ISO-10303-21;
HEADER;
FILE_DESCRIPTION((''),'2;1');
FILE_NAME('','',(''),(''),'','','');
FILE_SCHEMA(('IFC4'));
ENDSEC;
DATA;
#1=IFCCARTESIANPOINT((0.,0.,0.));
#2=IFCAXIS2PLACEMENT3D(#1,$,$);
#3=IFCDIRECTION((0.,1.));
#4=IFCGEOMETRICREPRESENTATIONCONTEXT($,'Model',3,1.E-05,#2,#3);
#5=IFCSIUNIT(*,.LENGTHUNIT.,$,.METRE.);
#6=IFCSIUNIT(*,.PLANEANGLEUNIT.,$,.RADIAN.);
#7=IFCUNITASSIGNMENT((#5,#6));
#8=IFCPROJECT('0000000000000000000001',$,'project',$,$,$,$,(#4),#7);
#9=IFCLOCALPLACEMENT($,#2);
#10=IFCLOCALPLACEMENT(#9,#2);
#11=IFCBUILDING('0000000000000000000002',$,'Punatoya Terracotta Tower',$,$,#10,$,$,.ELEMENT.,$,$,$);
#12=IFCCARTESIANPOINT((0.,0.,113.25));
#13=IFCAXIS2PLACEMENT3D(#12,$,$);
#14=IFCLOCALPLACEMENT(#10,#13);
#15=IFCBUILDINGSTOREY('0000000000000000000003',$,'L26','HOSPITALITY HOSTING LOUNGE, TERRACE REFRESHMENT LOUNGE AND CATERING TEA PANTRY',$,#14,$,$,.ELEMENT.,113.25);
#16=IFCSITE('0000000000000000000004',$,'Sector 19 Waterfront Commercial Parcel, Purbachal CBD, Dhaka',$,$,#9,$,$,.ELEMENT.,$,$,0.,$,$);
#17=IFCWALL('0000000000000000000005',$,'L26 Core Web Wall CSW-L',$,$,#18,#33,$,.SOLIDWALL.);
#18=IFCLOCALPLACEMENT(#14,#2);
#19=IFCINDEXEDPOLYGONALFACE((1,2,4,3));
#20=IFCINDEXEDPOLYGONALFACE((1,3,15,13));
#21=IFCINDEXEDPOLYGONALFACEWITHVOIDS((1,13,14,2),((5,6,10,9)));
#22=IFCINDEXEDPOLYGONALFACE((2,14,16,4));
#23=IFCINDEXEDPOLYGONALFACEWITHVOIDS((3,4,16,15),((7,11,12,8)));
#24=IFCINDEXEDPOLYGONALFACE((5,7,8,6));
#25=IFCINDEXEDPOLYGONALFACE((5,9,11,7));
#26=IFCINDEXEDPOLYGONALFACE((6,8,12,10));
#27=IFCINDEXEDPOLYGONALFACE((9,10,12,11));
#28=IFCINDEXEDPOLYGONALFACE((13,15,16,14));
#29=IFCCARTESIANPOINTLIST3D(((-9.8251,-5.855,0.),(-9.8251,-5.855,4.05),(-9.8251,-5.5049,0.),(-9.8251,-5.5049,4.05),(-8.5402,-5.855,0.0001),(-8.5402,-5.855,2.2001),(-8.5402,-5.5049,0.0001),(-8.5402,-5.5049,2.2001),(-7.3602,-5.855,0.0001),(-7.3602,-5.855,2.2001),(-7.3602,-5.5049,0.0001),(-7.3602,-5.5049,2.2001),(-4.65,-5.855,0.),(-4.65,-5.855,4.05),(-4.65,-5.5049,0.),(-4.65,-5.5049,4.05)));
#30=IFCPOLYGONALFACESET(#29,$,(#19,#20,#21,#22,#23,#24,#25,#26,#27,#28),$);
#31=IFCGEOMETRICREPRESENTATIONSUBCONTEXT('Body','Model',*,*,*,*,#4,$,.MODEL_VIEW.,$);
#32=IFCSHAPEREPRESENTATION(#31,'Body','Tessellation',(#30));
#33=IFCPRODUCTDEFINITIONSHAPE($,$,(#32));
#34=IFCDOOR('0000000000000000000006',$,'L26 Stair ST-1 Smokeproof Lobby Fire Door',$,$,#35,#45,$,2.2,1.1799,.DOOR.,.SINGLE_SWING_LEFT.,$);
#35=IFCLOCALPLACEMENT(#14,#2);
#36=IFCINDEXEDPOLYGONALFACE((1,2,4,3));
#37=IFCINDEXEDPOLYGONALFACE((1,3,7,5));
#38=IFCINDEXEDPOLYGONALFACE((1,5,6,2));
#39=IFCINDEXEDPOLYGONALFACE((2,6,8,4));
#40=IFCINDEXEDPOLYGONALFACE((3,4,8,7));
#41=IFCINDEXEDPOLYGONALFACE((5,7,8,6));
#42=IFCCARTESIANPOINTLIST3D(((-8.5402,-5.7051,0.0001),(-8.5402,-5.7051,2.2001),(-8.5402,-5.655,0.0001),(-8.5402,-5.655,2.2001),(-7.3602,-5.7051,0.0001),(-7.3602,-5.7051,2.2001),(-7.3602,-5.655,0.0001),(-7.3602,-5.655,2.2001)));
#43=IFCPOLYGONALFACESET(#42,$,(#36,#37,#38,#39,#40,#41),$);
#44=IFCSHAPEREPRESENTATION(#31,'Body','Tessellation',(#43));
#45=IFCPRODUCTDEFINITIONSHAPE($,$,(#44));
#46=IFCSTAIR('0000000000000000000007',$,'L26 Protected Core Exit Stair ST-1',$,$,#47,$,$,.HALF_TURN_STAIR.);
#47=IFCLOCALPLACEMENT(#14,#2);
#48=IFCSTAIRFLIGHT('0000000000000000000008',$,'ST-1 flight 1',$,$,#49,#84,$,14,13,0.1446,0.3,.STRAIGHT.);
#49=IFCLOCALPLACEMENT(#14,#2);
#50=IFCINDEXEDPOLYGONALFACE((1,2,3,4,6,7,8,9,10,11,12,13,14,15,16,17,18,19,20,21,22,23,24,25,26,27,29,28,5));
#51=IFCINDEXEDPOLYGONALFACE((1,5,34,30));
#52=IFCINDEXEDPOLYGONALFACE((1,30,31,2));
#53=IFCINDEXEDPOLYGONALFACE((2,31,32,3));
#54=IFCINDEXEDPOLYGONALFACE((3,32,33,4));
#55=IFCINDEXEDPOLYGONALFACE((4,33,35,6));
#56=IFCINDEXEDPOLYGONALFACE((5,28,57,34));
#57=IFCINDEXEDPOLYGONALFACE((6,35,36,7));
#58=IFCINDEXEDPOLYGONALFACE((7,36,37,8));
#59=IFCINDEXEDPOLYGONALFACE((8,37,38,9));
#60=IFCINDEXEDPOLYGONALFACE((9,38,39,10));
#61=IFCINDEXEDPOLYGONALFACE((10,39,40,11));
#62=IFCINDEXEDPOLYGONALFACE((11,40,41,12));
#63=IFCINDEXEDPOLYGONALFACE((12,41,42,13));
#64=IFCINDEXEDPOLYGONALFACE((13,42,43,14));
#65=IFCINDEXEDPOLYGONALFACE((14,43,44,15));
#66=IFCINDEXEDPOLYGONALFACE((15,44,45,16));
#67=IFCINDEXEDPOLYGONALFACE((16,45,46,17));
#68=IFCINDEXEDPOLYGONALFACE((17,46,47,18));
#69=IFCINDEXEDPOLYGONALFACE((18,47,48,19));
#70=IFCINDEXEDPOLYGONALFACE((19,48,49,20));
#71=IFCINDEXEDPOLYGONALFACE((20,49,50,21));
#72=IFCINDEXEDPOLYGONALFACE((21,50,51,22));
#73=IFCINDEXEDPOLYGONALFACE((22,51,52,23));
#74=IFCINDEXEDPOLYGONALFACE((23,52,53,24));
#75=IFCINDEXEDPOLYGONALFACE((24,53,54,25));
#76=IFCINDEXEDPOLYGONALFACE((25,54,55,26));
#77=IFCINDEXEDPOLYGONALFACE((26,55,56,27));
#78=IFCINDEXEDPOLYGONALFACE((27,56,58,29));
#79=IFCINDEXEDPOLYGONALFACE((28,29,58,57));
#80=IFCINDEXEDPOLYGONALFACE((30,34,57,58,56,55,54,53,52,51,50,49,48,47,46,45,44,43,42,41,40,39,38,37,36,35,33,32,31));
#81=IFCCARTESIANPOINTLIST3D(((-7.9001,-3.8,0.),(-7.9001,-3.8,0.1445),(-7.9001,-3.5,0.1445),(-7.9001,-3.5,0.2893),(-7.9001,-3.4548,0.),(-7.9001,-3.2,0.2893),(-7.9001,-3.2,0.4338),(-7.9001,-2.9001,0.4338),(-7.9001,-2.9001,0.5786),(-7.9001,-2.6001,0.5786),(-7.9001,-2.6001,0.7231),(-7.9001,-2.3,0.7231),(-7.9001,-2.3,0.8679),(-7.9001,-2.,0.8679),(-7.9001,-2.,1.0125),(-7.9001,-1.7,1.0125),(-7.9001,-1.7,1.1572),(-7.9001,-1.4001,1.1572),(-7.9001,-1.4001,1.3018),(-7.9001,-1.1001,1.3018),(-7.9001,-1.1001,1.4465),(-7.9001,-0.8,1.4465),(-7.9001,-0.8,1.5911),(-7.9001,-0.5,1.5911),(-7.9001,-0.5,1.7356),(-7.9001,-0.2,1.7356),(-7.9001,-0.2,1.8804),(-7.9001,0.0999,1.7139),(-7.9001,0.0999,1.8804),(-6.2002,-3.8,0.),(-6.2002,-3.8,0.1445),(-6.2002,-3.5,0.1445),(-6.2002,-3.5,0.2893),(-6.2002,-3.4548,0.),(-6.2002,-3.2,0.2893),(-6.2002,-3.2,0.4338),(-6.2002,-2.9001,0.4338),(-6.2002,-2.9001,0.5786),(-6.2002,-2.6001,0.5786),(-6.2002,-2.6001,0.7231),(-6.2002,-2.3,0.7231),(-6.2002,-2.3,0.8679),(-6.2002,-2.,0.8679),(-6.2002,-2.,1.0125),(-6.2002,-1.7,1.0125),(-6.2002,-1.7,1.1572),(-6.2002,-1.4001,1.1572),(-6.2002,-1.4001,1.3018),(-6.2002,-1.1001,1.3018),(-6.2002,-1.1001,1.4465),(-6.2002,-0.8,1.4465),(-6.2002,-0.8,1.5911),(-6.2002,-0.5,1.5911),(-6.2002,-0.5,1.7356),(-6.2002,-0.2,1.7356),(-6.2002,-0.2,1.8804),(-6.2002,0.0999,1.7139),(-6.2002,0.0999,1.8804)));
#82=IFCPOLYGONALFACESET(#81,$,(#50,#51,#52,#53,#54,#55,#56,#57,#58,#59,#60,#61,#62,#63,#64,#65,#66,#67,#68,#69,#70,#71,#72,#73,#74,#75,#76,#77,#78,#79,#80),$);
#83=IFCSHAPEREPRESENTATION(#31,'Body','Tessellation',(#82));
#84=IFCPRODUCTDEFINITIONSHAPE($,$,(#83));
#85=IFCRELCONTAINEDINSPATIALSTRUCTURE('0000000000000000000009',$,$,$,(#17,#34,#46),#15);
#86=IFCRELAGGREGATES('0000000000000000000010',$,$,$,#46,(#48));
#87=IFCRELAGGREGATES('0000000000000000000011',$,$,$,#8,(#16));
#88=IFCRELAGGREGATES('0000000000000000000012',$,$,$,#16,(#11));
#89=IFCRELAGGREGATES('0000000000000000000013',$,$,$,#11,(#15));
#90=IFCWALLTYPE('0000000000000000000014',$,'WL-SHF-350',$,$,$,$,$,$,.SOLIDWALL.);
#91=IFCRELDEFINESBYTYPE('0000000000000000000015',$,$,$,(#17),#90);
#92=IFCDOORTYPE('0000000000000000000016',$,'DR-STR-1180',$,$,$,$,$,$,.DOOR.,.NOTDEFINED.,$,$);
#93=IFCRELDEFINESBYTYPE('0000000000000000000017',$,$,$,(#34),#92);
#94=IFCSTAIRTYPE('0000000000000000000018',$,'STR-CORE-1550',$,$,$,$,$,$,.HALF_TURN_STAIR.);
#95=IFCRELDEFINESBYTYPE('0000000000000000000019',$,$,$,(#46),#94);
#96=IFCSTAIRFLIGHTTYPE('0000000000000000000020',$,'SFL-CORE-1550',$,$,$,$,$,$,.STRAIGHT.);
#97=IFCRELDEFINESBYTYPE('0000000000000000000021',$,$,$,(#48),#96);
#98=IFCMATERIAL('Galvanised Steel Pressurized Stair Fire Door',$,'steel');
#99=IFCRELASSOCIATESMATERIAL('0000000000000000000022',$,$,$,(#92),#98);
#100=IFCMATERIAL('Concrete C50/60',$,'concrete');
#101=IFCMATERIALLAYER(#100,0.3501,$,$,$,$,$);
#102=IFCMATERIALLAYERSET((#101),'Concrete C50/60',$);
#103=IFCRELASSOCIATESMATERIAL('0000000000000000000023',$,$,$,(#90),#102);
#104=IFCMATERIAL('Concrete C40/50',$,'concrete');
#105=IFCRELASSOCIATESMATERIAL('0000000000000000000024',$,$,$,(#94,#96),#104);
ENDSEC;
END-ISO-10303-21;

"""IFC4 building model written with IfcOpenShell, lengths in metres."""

from ifc_helpers import new_model, si_unit, direction, frame, frame_2d, origin, place, context, subcontext, project, spatial, polyline, rectangle, outline, extrude, material, layer, layer_set, type_object, element, fill, aggregate, save


model = new_model("IFC4")

# Units and contexts
model_context = context("Model", 3, precision=1e-05, world=origin(), true_north=direction((0.0, 1.0)))
body_context = subcontext(model_context, "Body", "Model", "MODEL_VIEW")
ifc_project = project(units=[si_unit("LENGTHUNIT", "METRE"), si_unit("PLANEANGLEUNIT", "RADIAN")], contexts=[model_context])

# Site, building, storey
site_placement = place(None, origin())
site = spatial("IfcSite", under=ifc_project, at=site_placement, Name="Sector 19 Waterfront Commercial Parcel, Purbachal CBD, Dhaka", CompositionType="ELEMENT", RefElevation=0.0)
building_placement = place(site_placement, origin())
building = spatial("IfcBuilding", under=site, at=building_placement, Name="Punatoya Terracotta Tower", CompositionType="ELEMENT")
storey_placement = place(building_placement, frame((0.0, 0.0, 113.25)))
storey = spatial("IfcBuildingStorey", under=building, at=storey_placement, Name="L26", Description="HOSPITALITY HOSTING LOUNGE, TERRACE REFRESHMENT LOUNGE AND CATERING TEA PANTRY", CompositionType="ELEMENT", Elevation=113.25)

# Shared definitions
ifc_material_1 = material(Name="Galvanised Steel Pressurized Stair Fire Door", Category="steel")
door_type_1 = type_object("IfcDoorType", Name="DR-STR-1180", OperationType="NOTDEFINED", PredefinedType="DOOR", material=ifc_material_1)

# Shared definitions
ifc_material_2 = material(Name="Concrete C40/50", Category="concrete")

# Wall, opening, door
ifc_material_3 = material(Name="Concrete C50/60", Category="concrete")
ifc_layer_1 = layer(ifc_material_3, 0.3501)
ifc_layer_set_1 = layer_set([ifc_layer_1], Name="Concrete C50/60")
wall_type_1 = type_object("IfcWallType", Name="WL-SHF-350", PredefinedType="SOLIDWALL", material=ifc_layer_set_1)
wall_1_placement = place(storey_placement, frame((-9.825, -5.6799, 0.0), z_axis=(0.0, 0.0, 1.0), x_axis=(1.0, 0.0, 0.0)))
wall_1 = element("IfcWall", 1, at=wall_1_placement, inside=storey, type_object=wall_type_1, Name="L26 Core Web Wall CSW-L", PredefinedType="SOLIDWALL", context=body_context, shape_type="SweptSolid", body=[
    extrude(rectangle(XDim=5.175, YDim=0.3501, at=frame_2d((2.5874, 0.0))), origin(), (0.0, 0.0, 1.0), 4.05),
])
opening_1_placement = place(wall_1_placement, frame((1.2849, 0.0, 0.0)))
opening_1 = element("IfcOpeningElement", 2, at=opening_1_placement, cuts=wall_1, PredefinedType="OPENING", context=body_context, shape_type="SweptSolid", body=[
    extrude(rectangle(XDim=1.1799, YDim=2.2, at=frame_2d((0.5898, 1.1001))), frame((0.0, 0.1851, 0.0), z_axis=(0.0, -1.0, 0.0), x_axis=(1.0, 0.0, 0.0)), (0.0, 0.0, 1.0), 0.3701),
])
door_1_placement = place(opening_1_placement, origin())
door_1 = element("IfcDoor", 3, at=door_1_placement, inside=storey, type_object=door_type_1, Name="L26 Stair ST-1 Smokeproof Lobby Fire Door", OperationType="SINGLE_SWING_LEFT", OverallHeight=2.2, OverallWidth=1.1799, PredefinedType="DOOR", context=body_context, shape_type="SweptSolid", body=[
    extrude(rectangle(XDim=1.1799, YDim=2.2, at=frame_2d((0.5898, 1.1001))), frame((0.0, 0.0249, 0.0), z_axis=(0.0, -1.0, 0.0), x_axis=(1.0, 0.0, 0.0)), (0.0, 0.0, 1.0), 0.05),
])
fill(opening_1, door_1)

# Stair, stair flight
stair_type = type_object("IfcStairType", Name="STR-CORE-1550", PredefinedType="HALF_TURN_STAIR", material=ifc_material_2)
stair_placement = place(storey_placement, origin())
stair = element("IfcStair", 4, at=stair_placement, inside=storey, type_object=stair_type, Name="L26 Protected Core Exit Stair ST-1", PredefinedType="HALF_TURN_STAIR")
stair_flight_type = type_object("IfcStairFlightType", Name="SFL-CORE-1550", PredefinedType="STRAIGHT", material=ifc_material_2)
stair_flight_placement = place(storey_placement, frame((-7.05, -3.8, 0.0), z_axis=(0.0, 0.0, 1.0), x_axis=(0.0, 1.0, 0.0)))
stair_flight = element("IfcStairFlight", 5, at=stair_flight_placement, type_object=stair_flight_type, Name="ST-1 flight 1", NumberOfRisers=14, NumberOfTreads=13, PredefinedType="STRAIGHT", RiserHeight=0.1446, TreadLength=0.3, context=body_context, shape_type="SweptSolid", body=[
    extrude(outline(polyline([(0.0, 0.0), (0.0, 0.1445), (0.3, 0.1445), (0.3, 0.2893), (0.6001, 0.2893), (0.6001, 0.4338), (0.8999, 0.4338), (0.8999, 0.5786), (1.2, 0.5786), (1.2, 0.7231), (1.5, 0.7231), (1.5, 0.8679), (1.8, 0.8679), (1.8, 1.0125), (2.1001, 1.0125), (2.1001, 1.1572), (2.3999, 1.1572), (2.3999, 1.3018), (2.7, 1.3018), (2.7, 1.4465), (3.0, 1.4465), (3.0, 1.5911), (3.3, 1.5911), (3.3, 1.7356), (3.6001, 1.7356), (3.6001, 1.8804), (3.8999, 1.8804), (3.8999, 2.0249), (3.8999, 1.7139), (0.3452, 0.0), (0.0, 0.0)])), frame((0.0, 0.8501, 0.0), z_axis=(0.0, -1.0, 0.0), x_axis=(1.0, 0.0, 0.0)), (0.0, 0.0, 1.0), 1.7),
])
aggregate(stair, [stair_flight])

save(model, "model.ifc")
